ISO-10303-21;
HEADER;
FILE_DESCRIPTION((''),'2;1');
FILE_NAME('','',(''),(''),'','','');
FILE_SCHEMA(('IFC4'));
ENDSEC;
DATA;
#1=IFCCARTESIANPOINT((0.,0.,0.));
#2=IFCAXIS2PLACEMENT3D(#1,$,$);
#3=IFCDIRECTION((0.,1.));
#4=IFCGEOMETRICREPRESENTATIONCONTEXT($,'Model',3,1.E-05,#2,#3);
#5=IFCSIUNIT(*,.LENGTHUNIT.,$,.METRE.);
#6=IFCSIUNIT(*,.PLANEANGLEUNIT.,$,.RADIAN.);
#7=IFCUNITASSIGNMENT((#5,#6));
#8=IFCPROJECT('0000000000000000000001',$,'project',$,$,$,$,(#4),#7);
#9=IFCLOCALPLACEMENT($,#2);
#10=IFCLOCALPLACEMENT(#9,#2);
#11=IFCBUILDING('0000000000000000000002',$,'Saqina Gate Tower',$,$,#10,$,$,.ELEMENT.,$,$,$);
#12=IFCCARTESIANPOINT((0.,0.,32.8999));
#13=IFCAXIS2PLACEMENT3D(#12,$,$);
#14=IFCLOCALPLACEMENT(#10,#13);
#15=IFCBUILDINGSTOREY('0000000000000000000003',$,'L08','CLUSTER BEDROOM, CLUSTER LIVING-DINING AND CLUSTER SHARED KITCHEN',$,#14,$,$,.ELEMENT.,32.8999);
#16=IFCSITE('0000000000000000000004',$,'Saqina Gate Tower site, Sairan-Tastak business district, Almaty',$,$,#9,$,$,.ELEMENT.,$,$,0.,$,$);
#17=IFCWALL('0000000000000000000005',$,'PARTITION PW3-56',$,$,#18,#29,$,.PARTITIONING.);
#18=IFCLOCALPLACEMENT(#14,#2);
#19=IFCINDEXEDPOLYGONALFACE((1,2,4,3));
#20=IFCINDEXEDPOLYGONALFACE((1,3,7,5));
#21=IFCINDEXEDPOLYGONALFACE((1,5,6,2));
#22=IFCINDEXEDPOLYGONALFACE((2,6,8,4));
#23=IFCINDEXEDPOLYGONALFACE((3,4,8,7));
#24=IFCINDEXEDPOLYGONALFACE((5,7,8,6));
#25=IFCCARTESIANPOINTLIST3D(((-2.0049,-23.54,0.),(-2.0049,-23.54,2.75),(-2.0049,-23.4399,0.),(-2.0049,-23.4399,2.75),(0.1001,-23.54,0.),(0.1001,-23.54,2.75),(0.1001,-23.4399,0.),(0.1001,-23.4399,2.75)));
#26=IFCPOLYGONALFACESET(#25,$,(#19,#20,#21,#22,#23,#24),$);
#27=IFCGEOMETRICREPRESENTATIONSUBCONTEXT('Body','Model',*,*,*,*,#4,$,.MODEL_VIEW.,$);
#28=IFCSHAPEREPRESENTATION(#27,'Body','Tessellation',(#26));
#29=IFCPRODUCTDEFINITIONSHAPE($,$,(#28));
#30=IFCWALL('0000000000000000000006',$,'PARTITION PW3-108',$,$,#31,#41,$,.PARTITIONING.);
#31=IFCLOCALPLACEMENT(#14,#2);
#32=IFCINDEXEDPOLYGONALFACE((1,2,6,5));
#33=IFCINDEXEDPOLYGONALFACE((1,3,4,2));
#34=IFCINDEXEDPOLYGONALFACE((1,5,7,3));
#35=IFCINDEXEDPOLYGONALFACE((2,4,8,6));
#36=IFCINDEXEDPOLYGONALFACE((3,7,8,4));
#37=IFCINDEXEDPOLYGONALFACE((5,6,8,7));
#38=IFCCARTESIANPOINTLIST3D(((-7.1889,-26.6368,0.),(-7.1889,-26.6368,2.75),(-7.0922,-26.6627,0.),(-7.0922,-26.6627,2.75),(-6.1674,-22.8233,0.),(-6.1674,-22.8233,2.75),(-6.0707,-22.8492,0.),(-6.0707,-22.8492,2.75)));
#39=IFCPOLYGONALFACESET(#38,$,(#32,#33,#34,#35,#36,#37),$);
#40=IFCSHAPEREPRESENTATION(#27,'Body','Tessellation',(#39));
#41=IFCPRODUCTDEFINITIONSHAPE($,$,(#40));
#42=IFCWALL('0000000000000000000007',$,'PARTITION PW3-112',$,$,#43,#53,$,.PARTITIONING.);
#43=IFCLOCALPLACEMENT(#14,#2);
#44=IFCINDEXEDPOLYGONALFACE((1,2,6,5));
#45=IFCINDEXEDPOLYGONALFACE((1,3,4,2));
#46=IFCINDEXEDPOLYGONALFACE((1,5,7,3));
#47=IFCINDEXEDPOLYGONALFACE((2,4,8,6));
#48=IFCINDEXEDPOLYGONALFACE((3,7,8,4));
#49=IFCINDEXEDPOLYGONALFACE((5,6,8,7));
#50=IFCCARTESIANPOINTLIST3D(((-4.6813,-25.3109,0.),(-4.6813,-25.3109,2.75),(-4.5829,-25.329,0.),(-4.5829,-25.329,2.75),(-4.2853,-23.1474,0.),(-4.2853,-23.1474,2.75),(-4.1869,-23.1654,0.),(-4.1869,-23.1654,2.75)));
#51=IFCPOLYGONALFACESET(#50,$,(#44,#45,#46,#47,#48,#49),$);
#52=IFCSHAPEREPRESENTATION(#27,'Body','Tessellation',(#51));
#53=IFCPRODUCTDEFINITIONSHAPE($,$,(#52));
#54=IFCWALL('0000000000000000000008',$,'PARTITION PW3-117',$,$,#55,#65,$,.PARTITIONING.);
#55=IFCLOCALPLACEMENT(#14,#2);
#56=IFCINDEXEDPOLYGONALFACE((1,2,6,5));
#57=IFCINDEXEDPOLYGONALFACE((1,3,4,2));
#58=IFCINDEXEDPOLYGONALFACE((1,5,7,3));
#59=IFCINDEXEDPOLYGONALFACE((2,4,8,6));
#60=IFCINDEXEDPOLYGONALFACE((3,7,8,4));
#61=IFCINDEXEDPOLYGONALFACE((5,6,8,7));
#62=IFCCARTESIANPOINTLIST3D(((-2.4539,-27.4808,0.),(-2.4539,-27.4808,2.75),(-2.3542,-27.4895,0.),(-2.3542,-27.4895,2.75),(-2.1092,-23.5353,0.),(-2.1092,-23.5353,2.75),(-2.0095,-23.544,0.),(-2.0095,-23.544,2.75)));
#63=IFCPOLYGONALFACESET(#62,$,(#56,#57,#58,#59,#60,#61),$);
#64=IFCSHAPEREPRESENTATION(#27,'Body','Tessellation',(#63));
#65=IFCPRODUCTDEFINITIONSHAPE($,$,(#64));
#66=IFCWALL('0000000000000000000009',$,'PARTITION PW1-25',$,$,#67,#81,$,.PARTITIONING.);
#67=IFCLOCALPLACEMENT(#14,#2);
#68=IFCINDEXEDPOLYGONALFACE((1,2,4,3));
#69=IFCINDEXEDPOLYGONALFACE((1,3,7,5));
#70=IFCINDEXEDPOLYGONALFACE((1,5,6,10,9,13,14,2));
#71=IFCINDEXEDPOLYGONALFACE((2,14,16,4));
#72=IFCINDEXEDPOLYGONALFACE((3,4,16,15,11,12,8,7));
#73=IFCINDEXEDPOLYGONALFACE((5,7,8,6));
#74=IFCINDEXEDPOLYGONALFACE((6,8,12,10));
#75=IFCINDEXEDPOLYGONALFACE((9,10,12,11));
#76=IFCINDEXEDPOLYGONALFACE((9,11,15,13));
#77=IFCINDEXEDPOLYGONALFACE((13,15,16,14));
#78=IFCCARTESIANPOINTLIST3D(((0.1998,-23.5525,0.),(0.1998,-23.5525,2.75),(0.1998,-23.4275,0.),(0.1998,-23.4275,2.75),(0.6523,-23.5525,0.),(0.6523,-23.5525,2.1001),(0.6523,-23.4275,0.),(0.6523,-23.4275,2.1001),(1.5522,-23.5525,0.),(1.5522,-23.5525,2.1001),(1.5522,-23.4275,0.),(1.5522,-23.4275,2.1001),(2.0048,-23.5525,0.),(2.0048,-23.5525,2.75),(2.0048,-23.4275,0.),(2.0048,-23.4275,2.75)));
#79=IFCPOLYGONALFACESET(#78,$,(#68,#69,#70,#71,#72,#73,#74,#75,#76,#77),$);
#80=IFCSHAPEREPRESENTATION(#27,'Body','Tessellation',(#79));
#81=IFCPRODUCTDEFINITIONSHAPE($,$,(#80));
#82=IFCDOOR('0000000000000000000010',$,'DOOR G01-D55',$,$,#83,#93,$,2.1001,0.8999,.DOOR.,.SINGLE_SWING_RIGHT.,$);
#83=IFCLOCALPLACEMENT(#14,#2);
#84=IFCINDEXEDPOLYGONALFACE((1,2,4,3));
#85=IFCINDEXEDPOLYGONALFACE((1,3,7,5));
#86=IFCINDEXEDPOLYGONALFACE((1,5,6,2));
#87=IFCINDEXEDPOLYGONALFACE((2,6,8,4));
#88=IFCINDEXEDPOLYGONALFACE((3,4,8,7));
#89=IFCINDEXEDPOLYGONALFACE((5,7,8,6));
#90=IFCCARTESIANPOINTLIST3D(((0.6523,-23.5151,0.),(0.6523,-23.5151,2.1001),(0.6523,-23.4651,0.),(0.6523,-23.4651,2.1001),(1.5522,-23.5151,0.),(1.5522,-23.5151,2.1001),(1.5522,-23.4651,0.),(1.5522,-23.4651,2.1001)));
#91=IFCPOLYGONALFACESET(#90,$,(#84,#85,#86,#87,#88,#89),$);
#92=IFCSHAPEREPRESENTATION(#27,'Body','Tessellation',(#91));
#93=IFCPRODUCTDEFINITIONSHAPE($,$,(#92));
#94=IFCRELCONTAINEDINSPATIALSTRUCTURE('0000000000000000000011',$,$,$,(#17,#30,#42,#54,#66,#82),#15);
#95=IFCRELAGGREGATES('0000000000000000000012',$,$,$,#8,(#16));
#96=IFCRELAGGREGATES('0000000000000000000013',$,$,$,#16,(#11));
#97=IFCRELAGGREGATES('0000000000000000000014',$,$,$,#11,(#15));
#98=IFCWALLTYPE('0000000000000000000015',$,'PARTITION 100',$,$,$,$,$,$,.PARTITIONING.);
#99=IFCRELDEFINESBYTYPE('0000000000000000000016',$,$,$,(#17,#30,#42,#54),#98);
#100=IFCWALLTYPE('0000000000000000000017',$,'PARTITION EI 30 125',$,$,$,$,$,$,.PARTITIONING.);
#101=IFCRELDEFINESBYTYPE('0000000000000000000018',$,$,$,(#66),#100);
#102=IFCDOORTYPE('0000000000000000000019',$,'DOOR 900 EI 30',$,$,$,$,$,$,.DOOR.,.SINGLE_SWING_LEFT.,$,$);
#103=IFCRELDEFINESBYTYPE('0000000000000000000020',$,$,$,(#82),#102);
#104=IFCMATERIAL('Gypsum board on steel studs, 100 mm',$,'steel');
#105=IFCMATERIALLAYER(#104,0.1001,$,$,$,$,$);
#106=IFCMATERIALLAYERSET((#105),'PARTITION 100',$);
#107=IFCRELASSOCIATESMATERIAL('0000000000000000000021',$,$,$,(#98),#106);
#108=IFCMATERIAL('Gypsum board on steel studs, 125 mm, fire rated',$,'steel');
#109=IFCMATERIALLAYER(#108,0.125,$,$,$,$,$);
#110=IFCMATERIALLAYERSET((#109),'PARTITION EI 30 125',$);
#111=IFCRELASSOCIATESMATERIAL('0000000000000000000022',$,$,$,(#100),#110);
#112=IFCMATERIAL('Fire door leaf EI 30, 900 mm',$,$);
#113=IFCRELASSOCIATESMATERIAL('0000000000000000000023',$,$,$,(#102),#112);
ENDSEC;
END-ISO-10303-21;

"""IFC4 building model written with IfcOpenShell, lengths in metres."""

from ifc_helpers import new_model, si_unit, direction, frame, frame_2d, origin, place, context, subcontext, project, spatial, rectangle, extrude, material, layer, layer_set, type_object, element, fill, save


model = new_model("IFC4")

# Units and contexts
model_context = context("Model", 3, precision=1e-05, world=origin(), true_north=direction((0.0, 1.0)))
body_context = subcontext(model_context, "Body", "Model", "MODEL_VIEW")
ifc_project = project(units=[si_unit("LENGTHUNIT", "METRE"), si_unit("PLANEANGLEUNIT", "RADIAN")], contexts=[model_context])

# Site, building, storey
site_placement = place(None, origin())
site = spatial("IfcSite", under=ifc_project, at=site_placement, Name="Saqina Gate Tower site, Sairan-Tastak business district, Almaty", CompositionType="ELEMENT", RefElevation=0.0)
building_placement = place(site_placement, origin())
building = spatial("IfcBuilding", under=site, at=building_placement, Name="Saqina Gate Tower", CompositionType="ELEMENT")
storey_placement = place(building_placement, frame((0.0, 0.0, 32.8999)))
storey = spatial("IfcBuildingStorey", under=building, at=storey_placement, Name="L08", Description="CLUSTER BEDROOM, CLUSTER LIVING-DINING AND CLUSTER SHARED KITCHEN", CompositionType="ELEMENT", Elevation=32.8999)

# Shared definitions
ifc_material_1 = material(Name="Gypsum board on steel studs, 100 mm", Category="steel")
ifc_layer_1 = layer(ifc_material_1, 0.1001)
ifc_layer_set_1 = layer_set([ifc_layer_1], Name="PARTITION 100")
wall_type_1 = type_object("IfcWallType", Name="PARTITION 100", PredefinedType="PARTITIONING", material=ifc_layer_set_1)

# Walls
wall_1_placement = place(storey_placement, frame((-2.0049, -23.49, 0.0), z_axis=(0.0, 0.0, 1.0), x_axis=(1.0, 0.0, 0.0)))
element("IfcWall", 1, at=wall_1_placement, inside=storey, type_object=wall_type_1, Name="PARTITION PW3-56", PredefinedType="PARTITIONING", context=body_context, shape_type="SweptSolid", body=[
    extrude(rectangle(XDim=2.105, YDim=0.1001, at=frame_2d((1.0525, 0.0))), origin(), (0.0, 0.0, 1.0), 2.75),
])
wall_2_placement = place(storey_placement, frame((-7.1406, -26.6499, 0.0), z_axis=(0.0, 0.0, 1.0), x_axis=(0.25874, 0.965947, 0.0)))
element("IfcWall", 2, at=wall_2_placement, inside=storey, type_object=wall_type_1, Name="PARTITION PW3-108", PredefinedType="PARTITIONING", context=body_context, shape_type="SweptSolid", body=[
    extrude(rectangle(XDim=3.948, YDim=0.1001, at=frame_2d((1.9741, 0.0))), origin(), (0.0, 0.0, 1.0), 2.75),
])
wall_3_placement = place(storey_placement, frame((-4.6321, -25.3198, 0.0), z_axis=(0.0, 0.0, 1.0), x_axis=(0.180038, 0.98366, 0.0)))
element("IfcWall", 3, at=wall_3_placement, inside=storey, type_object=wall_type_1, Name="PARTITION PW3-112", PredefinedType="PARTITIONING", context=body_context, shape_type="SweptSolid", body=[
    extrude(rectangle(XDim=2.1995, YDim=0.1001, at=frame_2d((1.0996, 0.0))), origin(), (0.0, 0.0, 1.0), 2.75),
])
wall_4_placement = place(storey_placement, frame((-2.4041, -27.4851, 0.0), z_axis=(0.0, 0.0, 1.0), x_axis=(0.087045, 0.996204, 0.0)))
element("IfcWall", 4, at=wall_4_placement, inside=storey, type_object=wall_type_1, Name="PARTITION PW3-117", PredefinedType="PARTITIONING", context=body_context, shape_type="SweptSolid", body=[
    extrude(rectangle(XDim=3.9604, YDim=0.1001, at=frame_2d((1.9802, 0.0))), origin(), (0.0, 0.0, 1.0), 2.75),
])

# Wall, opening, door
ifc_material_2 = material(Name="Gypsum board on steel studs, 125 mm, fire rated", Category="steel")
ifc_layer_2 = layer(ifc_material_2, 0.125)
ifc_layer_set_2 = layer_set([ifc_layer_2], Name="PARTITION EI 30 125")
wall_type_2 = type_object("IfcWallType", Name="PARTITION EI 30 125", PredefinedType="PARTITIONING", material=ifc_layer_set_2)
wall_5_placement = place(storey_placement, frame((0.2, -23.49, 0.0), z_axis=(0.0, 0.0, 1.0), x_axis=(1.0, 0.0, 0.0)))
wall_5 = element("IfcWall", 5, at=wall_5_placement, inside=storey, type_object=wall_type_2, Name="PARTITION PW1-25", PredefinedType="PARTITIONING", context=body_context, shape_type="SweptSolid", body=[
    extrude(rectangle(XDim=1.8049, YDim=0.125, at=frame_2d((0.9023, 0.0))), origin(), (0.0, 0.0, 1.0), 2.75),
])
opening_1_placement = place(wall_5_placement, frame((0.4524, 0.0, 0.0)))
opening_1 = element("IfcOpeningElement", 6, at=opening_1_placement, cuts=wall_5, PredefinedType="OPENING", context=body_context, shape_type="SweptSolid", body=[
    extrude(rectangle(XDim=0.8999, YDim=2.1001, at=frame_2d((0.45, 1.05))), frame((0.0, 0.0745, 0.0), z_axis=(0.0, -1.0, 0.0), x_axis=(1.0, 0.0, 0.0)), (0.0, 0.0, 1.0), 0.1489),
])
ifc_material_3 = material(Name="Fire door leaf EI 30, 900 mm")
door_type_1 = type_object("IfcDoorType", Name="DOOR 900 EI 30", OperationType="SINGLE_SWING_LEFT", PredefinedType="DOOR", material=ifc_material_3)
door_1_placement = place(opening_1_placement, origin())
door_1 = element("IfcDoor", 7, at=door_1_placement, inside=storey, type_object=door_type_1, Name="DOOR G01-D55", OperationType="SINGLE_SWING_RIGHT", OverallHeight=2.1001, OverallWidth=0.8999, PredefinedType="DOOR", context=body_context, shape_type="SweptSolid", body=[
    extrude(rectangle(XDim=0.8999, YDim=2.1001, at=frame_2d((0.45, 1.05))), frame((0.0, 0.0249, 0.0), z_axis=(0.0, -1.0, 0.0), x_axis=(1.0, 0.0, 0.0)), (0.0, 0.0, 1.0), 0.05),
])
fill(opening_1, door_1)

save(model, "model.ifc")
